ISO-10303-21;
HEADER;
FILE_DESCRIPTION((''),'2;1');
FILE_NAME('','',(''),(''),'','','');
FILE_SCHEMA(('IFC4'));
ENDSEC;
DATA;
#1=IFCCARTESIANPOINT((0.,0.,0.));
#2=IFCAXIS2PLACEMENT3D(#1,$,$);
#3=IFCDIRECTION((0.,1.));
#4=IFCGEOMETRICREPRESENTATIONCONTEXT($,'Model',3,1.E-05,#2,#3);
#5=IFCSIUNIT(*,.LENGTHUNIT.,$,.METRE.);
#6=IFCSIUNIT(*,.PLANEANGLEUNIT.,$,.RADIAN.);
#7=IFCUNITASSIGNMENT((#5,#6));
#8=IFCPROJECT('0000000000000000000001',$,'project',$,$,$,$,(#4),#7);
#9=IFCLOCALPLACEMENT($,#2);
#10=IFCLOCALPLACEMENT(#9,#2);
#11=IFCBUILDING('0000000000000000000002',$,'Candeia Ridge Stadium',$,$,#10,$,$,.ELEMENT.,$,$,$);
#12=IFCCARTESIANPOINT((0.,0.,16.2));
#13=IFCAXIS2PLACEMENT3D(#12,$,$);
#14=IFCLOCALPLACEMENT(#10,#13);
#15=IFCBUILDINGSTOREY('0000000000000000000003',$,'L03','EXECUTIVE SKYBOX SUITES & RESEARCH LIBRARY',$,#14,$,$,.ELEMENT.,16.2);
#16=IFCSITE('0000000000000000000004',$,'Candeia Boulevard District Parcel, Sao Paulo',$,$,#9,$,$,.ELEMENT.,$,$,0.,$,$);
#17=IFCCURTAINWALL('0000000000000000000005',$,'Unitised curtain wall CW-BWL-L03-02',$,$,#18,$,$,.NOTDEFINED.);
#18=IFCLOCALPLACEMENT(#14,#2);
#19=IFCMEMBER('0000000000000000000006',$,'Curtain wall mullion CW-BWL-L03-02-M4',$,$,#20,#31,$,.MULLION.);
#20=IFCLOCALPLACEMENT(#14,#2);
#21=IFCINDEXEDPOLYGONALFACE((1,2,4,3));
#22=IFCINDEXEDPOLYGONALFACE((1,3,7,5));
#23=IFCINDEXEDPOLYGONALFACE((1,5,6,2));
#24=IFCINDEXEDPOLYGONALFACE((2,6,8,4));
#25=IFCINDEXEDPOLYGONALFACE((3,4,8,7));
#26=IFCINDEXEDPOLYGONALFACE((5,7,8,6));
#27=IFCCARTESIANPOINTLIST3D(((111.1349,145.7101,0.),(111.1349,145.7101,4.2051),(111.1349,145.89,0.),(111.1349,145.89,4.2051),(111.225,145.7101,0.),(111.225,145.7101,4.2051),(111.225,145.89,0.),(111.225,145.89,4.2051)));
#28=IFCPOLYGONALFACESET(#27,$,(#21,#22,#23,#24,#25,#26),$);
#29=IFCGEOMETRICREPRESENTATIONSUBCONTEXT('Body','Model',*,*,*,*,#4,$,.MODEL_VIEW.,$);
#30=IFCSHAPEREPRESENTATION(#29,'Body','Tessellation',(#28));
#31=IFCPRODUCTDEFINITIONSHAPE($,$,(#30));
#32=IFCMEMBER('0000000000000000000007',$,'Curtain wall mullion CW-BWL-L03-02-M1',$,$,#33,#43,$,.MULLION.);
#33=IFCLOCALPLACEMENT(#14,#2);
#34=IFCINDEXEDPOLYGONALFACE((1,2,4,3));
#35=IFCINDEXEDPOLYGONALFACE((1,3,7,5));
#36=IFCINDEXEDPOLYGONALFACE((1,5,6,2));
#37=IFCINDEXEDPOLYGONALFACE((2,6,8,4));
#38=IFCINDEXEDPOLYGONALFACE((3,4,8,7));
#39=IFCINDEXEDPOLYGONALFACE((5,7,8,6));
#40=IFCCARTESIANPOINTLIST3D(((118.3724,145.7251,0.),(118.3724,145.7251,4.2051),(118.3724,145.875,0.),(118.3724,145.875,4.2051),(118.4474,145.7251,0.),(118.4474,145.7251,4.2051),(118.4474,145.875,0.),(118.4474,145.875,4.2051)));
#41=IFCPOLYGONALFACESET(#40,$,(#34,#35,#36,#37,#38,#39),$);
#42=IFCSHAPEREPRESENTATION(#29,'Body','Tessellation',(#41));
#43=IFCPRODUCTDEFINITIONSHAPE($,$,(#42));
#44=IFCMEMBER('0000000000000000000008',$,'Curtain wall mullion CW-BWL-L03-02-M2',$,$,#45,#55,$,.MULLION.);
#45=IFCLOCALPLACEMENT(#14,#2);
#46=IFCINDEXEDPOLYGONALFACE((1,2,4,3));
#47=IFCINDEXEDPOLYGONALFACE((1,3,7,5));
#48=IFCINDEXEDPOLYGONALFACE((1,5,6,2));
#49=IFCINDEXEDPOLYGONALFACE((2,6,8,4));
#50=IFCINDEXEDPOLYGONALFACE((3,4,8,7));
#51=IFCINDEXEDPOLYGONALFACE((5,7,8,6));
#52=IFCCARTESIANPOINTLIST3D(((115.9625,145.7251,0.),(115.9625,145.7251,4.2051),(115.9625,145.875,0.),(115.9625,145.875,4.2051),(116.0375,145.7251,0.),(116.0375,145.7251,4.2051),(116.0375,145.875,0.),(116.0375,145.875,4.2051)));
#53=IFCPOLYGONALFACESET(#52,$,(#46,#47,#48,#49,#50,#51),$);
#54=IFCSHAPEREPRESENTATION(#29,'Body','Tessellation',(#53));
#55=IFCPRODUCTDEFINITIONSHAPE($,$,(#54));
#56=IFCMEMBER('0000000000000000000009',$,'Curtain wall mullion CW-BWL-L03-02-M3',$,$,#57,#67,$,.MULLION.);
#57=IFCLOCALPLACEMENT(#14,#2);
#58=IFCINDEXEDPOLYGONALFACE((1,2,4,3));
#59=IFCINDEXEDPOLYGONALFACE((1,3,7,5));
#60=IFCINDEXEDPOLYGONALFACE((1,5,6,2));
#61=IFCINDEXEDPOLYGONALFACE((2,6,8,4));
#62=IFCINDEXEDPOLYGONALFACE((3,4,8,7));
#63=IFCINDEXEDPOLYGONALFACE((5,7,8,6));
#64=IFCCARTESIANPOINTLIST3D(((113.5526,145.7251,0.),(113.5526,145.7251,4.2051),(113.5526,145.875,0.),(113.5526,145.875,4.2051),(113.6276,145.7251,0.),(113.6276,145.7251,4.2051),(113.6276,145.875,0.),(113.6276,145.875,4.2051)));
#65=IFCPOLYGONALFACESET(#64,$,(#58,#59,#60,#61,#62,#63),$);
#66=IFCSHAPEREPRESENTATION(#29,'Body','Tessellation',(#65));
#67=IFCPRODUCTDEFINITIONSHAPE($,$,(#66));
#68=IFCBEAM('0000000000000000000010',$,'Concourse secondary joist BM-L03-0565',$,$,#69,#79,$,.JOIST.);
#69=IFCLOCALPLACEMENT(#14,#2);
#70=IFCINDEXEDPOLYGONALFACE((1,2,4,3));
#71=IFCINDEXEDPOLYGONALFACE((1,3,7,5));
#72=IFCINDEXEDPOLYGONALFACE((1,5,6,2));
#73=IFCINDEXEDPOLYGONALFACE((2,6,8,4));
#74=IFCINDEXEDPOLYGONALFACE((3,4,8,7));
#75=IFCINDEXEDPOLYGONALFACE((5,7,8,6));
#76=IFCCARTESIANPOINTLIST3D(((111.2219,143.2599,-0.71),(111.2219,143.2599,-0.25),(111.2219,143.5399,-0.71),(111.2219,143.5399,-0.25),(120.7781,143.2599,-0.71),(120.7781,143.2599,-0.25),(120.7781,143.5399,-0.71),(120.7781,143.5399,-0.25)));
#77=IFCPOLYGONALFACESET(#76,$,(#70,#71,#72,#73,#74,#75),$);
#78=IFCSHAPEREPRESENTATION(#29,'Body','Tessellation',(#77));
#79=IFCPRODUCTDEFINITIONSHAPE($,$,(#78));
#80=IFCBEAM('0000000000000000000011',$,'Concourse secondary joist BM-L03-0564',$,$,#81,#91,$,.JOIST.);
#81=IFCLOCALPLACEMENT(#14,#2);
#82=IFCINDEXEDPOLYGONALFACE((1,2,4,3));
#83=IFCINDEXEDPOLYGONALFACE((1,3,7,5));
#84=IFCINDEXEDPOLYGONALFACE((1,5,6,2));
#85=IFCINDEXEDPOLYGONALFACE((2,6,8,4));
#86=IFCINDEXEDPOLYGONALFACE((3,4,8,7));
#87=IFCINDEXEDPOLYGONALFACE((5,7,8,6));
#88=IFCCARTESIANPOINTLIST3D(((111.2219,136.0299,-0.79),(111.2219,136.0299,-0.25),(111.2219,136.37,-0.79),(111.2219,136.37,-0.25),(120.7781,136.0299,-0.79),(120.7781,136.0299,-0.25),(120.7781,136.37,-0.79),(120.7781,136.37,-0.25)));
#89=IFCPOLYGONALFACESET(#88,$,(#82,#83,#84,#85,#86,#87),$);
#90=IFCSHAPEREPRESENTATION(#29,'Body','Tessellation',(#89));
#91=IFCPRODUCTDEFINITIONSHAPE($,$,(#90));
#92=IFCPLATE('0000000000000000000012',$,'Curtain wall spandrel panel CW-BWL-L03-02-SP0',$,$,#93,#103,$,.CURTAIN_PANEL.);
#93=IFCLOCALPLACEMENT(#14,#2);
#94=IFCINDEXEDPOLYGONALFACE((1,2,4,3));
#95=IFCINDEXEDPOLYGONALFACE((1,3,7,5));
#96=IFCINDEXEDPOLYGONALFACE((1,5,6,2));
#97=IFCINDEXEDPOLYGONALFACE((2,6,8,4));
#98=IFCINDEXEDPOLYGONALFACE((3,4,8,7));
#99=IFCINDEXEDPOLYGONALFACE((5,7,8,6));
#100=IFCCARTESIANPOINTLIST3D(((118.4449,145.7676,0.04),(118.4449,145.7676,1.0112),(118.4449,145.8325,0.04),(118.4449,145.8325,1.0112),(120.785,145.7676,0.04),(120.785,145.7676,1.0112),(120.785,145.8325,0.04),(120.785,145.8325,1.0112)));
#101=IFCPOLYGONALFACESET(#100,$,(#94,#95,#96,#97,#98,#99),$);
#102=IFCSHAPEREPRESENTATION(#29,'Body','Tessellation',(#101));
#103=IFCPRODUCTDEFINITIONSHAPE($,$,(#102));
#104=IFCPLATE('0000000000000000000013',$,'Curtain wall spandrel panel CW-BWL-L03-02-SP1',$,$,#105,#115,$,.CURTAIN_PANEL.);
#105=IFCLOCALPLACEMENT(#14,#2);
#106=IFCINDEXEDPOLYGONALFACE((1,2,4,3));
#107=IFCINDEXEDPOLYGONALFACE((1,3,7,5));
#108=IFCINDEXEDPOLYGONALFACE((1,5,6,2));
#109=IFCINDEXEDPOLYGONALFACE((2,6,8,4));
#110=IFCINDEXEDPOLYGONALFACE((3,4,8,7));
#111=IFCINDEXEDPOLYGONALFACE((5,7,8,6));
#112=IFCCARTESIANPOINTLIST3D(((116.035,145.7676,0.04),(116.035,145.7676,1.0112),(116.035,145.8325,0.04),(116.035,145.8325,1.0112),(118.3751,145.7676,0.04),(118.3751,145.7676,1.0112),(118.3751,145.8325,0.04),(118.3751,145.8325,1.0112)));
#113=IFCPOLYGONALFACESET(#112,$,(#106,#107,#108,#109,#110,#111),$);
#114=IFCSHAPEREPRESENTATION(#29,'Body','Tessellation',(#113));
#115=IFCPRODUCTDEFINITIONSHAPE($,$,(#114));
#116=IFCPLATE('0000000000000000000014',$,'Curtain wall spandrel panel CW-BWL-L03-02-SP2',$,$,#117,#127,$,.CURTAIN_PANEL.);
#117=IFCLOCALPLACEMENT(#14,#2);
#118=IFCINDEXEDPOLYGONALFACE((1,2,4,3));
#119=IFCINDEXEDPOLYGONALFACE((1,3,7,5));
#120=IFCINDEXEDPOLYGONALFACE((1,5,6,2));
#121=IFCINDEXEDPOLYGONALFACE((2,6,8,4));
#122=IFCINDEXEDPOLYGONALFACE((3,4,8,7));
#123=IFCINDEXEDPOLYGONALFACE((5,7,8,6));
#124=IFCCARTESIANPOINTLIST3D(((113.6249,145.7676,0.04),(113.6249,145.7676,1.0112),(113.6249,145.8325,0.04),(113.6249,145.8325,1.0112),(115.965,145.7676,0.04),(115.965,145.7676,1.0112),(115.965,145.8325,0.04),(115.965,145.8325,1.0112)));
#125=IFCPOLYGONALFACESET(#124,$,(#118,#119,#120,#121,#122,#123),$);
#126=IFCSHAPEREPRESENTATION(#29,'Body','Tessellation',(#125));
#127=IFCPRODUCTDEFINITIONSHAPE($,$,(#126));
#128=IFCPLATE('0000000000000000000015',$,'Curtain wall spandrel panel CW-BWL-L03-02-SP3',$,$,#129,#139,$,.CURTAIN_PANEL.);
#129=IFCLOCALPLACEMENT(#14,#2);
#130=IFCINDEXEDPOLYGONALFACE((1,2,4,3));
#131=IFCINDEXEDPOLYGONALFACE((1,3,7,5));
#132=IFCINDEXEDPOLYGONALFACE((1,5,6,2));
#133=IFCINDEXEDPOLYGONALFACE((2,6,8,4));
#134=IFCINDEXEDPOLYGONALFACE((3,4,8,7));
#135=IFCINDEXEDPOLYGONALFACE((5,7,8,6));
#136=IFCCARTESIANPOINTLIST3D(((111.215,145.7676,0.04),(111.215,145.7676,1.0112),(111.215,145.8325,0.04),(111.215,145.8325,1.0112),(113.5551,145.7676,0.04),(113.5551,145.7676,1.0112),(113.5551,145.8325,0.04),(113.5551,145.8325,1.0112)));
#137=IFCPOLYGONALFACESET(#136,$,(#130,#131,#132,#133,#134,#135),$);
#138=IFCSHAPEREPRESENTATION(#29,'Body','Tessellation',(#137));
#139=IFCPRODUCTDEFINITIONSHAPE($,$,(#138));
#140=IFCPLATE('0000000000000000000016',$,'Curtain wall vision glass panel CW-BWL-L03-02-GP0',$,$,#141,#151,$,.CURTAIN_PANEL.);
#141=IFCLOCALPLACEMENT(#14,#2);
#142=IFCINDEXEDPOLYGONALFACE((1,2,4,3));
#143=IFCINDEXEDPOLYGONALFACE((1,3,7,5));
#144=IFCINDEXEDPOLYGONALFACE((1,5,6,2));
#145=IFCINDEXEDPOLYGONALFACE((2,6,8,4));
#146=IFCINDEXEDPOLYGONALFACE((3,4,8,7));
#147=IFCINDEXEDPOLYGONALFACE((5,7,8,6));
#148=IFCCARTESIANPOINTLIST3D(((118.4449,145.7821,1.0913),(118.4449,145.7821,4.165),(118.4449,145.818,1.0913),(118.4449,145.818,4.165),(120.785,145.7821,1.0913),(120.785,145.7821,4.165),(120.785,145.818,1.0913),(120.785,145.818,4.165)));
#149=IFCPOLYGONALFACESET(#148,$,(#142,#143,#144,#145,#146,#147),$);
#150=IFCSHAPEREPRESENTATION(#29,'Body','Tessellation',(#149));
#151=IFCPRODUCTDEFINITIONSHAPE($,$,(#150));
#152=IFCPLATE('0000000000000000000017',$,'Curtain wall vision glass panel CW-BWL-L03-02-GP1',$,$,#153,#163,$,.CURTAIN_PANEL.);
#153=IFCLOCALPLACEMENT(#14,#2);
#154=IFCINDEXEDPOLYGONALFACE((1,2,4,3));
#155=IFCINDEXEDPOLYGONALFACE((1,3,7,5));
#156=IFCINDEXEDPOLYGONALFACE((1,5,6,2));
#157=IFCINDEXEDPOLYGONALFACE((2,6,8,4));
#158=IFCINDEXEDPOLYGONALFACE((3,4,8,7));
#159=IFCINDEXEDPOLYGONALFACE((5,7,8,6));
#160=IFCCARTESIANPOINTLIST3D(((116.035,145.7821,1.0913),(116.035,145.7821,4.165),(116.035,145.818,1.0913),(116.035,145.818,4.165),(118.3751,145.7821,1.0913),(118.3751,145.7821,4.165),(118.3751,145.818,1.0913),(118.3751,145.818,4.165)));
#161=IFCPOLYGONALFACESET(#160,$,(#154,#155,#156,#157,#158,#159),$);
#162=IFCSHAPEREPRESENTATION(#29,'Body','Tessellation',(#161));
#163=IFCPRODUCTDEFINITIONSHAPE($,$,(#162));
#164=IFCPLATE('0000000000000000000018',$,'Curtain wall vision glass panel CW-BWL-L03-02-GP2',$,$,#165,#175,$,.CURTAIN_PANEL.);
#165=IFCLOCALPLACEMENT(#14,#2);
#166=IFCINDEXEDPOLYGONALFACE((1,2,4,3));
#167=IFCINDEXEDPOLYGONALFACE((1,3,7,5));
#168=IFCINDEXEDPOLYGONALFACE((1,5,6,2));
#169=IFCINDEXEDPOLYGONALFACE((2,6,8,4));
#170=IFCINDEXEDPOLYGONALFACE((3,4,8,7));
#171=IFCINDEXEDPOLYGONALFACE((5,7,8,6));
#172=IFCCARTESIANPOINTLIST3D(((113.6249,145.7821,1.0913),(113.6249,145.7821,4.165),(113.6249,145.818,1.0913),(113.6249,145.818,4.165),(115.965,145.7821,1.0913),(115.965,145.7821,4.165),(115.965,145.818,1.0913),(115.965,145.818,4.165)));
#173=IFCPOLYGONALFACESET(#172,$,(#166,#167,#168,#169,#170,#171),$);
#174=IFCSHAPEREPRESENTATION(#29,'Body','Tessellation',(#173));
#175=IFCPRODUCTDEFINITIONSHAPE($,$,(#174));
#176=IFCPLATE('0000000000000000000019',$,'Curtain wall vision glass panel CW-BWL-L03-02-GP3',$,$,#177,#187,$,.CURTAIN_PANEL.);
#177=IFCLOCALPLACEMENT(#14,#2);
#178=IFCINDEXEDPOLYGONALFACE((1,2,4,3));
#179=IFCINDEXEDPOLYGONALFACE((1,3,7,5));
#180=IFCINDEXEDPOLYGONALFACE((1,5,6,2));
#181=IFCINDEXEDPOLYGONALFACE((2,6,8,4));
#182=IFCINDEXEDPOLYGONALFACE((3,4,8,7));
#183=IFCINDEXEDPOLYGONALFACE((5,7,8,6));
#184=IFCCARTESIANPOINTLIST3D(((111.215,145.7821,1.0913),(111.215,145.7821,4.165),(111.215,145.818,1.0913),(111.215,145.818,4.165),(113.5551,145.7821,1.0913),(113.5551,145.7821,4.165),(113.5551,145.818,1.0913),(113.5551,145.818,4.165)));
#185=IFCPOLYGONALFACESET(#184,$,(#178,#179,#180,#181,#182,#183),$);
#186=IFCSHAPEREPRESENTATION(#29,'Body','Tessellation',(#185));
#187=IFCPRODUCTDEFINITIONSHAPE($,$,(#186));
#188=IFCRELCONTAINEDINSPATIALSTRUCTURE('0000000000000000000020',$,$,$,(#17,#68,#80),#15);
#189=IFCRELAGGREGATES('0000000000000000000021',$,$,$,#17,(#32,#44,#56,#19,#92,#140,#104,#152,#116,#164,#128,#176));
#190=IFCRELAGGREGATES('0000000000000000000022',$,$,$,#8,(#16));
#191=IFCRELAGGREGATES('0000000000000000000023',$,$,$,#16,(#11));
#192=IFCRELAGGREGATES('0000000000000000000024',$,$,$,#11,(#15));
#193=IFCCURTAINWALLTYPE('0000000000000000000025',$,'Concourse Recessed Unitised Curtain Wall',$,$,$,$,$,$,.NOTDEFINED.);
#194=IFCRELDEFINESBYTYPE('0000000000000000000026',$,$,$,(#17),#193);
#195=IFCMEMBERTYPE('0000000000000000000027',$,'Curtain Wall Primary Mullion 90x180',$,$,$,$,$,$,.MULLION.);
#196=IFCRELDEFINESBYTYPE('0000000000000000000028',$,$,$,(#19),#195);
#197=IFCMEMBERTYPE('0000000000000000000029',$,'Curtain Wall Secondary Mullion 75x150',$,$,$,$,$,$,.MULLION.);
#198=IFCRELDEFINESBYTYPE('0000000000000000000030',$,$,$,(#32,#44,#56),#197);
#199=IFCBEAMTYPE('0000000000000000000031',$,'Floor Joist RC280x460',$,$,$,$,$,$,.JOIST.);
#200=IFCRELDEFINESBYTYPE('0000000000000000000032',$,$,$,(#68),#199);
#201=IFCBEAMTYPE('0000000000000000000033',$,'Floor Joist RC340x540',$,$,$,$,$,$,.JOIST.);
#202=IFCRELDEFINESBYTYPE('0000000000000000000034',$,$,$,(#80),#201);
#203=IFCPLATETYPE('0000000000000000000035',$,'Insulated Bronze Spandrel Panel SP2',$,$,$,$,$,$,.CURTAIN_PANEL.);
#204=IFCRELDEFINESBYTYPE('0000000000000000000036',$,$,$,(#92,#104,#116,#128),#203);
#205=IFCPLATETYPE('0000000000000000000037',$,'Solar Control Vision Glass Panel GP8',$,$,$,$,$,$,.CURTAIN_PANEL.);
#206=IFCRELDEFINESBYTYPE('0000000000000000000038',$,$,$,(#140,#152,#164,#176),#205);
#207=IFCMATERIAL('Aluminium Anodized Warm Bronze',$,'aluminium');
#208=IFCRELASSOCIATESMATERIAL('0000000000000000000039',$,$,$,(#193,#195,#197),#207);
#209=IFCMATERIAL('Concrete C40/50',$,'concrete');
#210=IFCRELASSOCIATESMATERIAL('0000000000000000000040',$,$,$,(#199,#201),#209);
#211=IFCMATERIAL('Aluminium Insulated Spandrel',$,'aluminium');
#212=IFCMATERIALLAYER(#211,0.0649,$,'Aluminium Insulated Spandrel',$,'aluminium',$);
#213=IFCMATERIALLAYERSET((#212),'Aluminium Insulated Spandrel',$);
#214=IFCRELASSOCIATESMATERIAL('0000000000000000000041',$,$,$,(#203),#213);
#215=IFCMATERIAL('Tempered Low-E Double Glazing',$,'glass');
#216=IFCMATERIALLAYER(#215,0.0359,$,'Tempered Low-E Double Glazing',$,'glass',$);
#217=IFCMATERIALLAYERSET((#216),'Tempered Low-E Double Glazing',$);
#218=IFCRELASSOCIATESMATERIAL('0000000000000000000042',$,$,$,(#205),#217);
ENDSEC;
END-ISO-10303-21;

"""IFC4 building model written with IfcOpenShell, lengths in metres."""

from ifc_helpers import new_model, si_unit, direction, frame, origin, origin_2d, place, context, subcontext, project, spatial, rectangle, extrude, material, layer, layer_set, material_profile, profile_set, type_object, element, aggregate, save


model = new_model("IFC4")

# Units and contexts
model_context = context("Model", 3, precision=1e-05, world=origin(), true_north=direction((0.0, 1.0)))
body_context = subcontext(model_context, "Body", "Model", "MODEL_VIEW")
ifc_project = project(units=[si_unit("LENGTHUNIT", "METRE"), si_unit("PLANEANGLEUNIT", "RADIAN")], contexts=[model_context])

# Site, building, storey
site_placement = place(None, origin())
site = spatial("IfcSite", under=ifc_project, at=site_placement, Name="Candeia Boulevard District Parcel, Sao Paulo", CompositionType="ELEMENT", RefElevation=0.0)
building_placement = place(site_placement, origin())
building = spatial("IfcBuilding", under=site, at=building_placement, Name="Candeia Ridge Stadium", CompositionType="ELEMENT")
storey_placement = place(building_placement, frame((0.0, 0.0, 16.2)))
storey = spatial("IfcBuildingStorey", under=building, at=storey_placement, Name="L03", Description="EXECUTIVE SKYBOX SUITES & RESEARCH LIBRARY", CompositionType="ELEMENT", Elevation=16.2)

# Curtain wall, members
ifc_material_1 = material(Name="Aluminium Anodized Warm Bronze", Category="aluminium")
curtain_wall_type = type_object("IfcCurtainWallType", Name="Concourse Recessed Unitised Curtain Wall", PredefinedType="NOTDEFINED", material=ifc_material_1)
curtain_wall_placement = place(storey_placement, origin())
curtain_wall = element("IfcCurtainWall", 1, at=curtain_wall_placement, inside=storey, type_object=curtain_wall_type, Name="Unitised curtain wall CW-BWL-L03-02", PredefinedType="NOTDEFINED")
ifc_material_profile_1 = material_profile(ifc_material_1, rectangle(XDim=0.0901, YDim=0.1799, at=origin_2d()), Name="CWM-90x180", Category="aluminium")
ifc_profile_set_1 = profile_set([ifc_material_profile_1], Name="Aluminium Anodized Warm Bronze")
member_type_1 = type_object("IfcMemberType", Name="Curtain Wall Primary Mullion 90x180", PredefinedType="MULLION", material=ifc_profile_set_1)
member_1_placement = place(storey_placement, frame((111.1799, 145.8, 0.0), z_axis=(0.0, 0.0, 1.0), x_axis=(1.0, 0.0, 0.0)))
member_1 = element("IfcMember", 2, at=member_1_placement, type_object=member_type_1, Name="Curtain wall mullion CW-BWL-L03-02-M4", PredefinedType="MULLION", context=body_context, shape_type="SweptSolid", body=[
    extrude(rectangle(XDim=0.0901, YDim=0.1799, at=origin_2d()), origin(), (0.0, 0.0, 1.0), 4.2051),
])
ifc_material_profile_2 = material_profile(ifc_material_1, rectangle(XDim=0.075, YDim=0.1499, at=origin_2d()), Name="CWM-75x150", Category="aluminium")
ifc_profile_set_2 = profile_set([ifc_material_profile_2], Name="Aluminium Anodized Warm Bronze")
member_type_2 = type_object("IfcMemberType", Name="Curtain Wall Secondary Mullion 75x150", PredefinedType="MULLION", material=ifc_profile_set_2)
member_2_placement = place(storey_placement, frame((118.4099, 145.8, 0.0), z_axis=(0.0, 0.0, 1.0), x_axis=(1.0, 0.0, 0.0)))
member_2 = element("IfcMember", 3, at=member_2_placement, type_object=member_type_2, Name="Curtain wall mullion CW-BWL-L03-02-M1", PredefinedType="MULLION", context=body_context, shape_type="SweptSolid", body=[
    extrude(rectangle(XDim=0.075, YDim=0.1499, at=origin_2d()), origin(), (0.0, 0.0, 1.0), 4.2051),
])
member_3_placement = place(storey_placement, frame((116.0, 145.8, 0.0), z_axis=(0.0, 0.0, 1.0), x_axis=(1.0, 0.0, 0.0)))
member_3 = element("IfcMember", 4, at=member_3_placement, type_object=member_type_2, Name="Curtain wall mullion CW-BWL-L03-02-M2", PredefinedType="MULLION", context=body_context, shape_type="SweptSolid", body=[
    extrude(rectangle(XDim=0.075, YDim=0.1499, at=origin_2d()), origin(), (0.0, 0.0, 1.0), 4.2051),
])
member_4_placement = place(storey_placement, frame((113.5901, 145.8, 0.0), z_axis=(0.0, 0.0, 1.0), x_axis=(1.0, 0.0, 0.0)))
member_4 = element("IfcMember", 5, at=member_4_placement, type_object=member_type_2, Name="Curtain wall mullion CW-BWL-L03-02-M3", PredefinedType="MULLION", context=body_context, shape_type="SweptSolid", body=[
    extrude(rectangle(XDim=0.075, YDim=0.1499, at=origin_2d()), origin(), (0.0, 0.0, 1.0), 4.2051),
])

# Beams
ifc_material_2 = material(Name="Concrete C40/50", Category="concrete")
ifc_material_profile_3 = material_profile(ifc_material_2, rectangle(XDim=0.28, YDim=0.46, at=origin_2d()), Name="RC280x460", Category="concrete")
ifc_profile_set_3 = profile_set([ifc_material_profile_3], Name="Concrete C40/50")
beam_type_1 = type_object("IfcBeamType", Name="Floor Joist RC280x460", PredefinedType="JOIST", material=ifc_profile_set_3)
beam_1_placement = place(storey_placement, frame((120.7781, 143.3999, -0.48), z_axis=(-1.0, 0.0, 0.0), x_axis=(0.0, -1.0, 0.0)))
element("IfcBeam", 6, at=beam_1_placement, inside=storey, type_object=beam_type_1, Name="Concourse secondary joist BM-L03-0565", PredefinedType="JOIST", context=body_context, shape_type="SweptSolid", body=[
    extrude(rectangle(XDim=0.28, YDim=0.46, at=origin_2d()), origin(), (0.0, 0.0, 1.0), 9.5562),
])
ifc_material_profile_4 = material_profile(ifc_material_2, rectangle(XDim=0.3401, YDim=0.54, at=origin_2d()), Name="RC340x540", Category="concrete")
ifc_profile_set_4 = profile_set([ifc_material_profile_4], Name="Concrete C40/50")
beam_type_2 = type_object("IfcBeamType", Name="Floor Joist RC340x540", PredefinedType="JOIST", material=ifc_profile_set_4)
beam_2_placement = place(storey_placement, frame((120.7781, 136.2, -0.52), z_axis=(-1.0, 0.0, 0.0), x_axis=(0.0, -1.0, 0.0)))
element("IfcBeam", 7, at=beam_2_placement, inside=storey, type_object=beam_type_2, Name="Concourse secondary joist BM-L03-0564", PredefinedType="JOIST", context=body_context, shape_type="SweptSolid", body=[
    extrude(rectangle(XDim=0.3401, YDim=0.54, at=origin_2d()), origin(), (0.0, 0.0, 1.0), 9.5562),
])

# Plates
ifc_material_3 = material(Name="Aluminium Insulated Spandrel", Category="aluminium")
ifc_layer_1 = layer(ifc_material_3, 0.0649, Name="Aluminium Insulated Spandrel", Category="aluminium")
ifc_layer_set_1 = layer_set([ifc_layer_1], Name="Aluminium Insulated Spandrel")
plate_type_1 = type_object("IfcPlateType", Name="Insulated Bronze Spandrel Panel SP2", PredefinedType="CURTAIN_PANEL", material=ifc_layer_set_1)
plate_1_placement = place(storey_placement, frame((119.615, 145.8, 0.04), z_axis=(0.0, 0.0, 1.0), x_axis=(-1.0, 0.0, 0.0)))
plate_1 = element("IfcPlate", 8, at=plate_1_placement, type_object=plate_type_1, Name="Curtain wall spandrel panel CW-BWL-L03-02-SP0", PredefinedType="CURTAIN_PANEL", context=body_context, shape_type="SweptSolid", body=[
    extrude(rectangle(XDim=2.3401, YDim=0.0649, at=origin_2d()), origin(), (0.0, 0.0, 1.0), 0.9712),
])
plate_2_placement = place(storey_placement, frame((117.2051, 145.8, 0.04), z_axis=(0.0, 0.0, 1.0), x_axis=(-1.0, 0.0, 0.0)))
plate_2 = element("IfcPlate", 9, at=plate_2_placement, type_object=plate_type_1, Name="Curtain wall spandrel panel CW-BWL-L03-02-SP1", PredefinedType="CURTAIN_PANEL", context=body_context, shape_type="SweptSolid", body=[
    extrude(rectangle(XDim=2.3401, YDim=0.0649, at=origin_2d()), origin(), (0.0, 0.0, 1.0), 0.9712),
])
plate_3_placement = place(storey_placement, frame((114.7949, 145.8, 0.04), z_axis=(0.0, 0.0, 1.0), x_axis=(-1.0, 0.0, 0.0)))
plate_3 = element("IfcPlate", 10, at=plate_3_placement, type_object=plate_type_1, Name="Curtain wall spandrel panel CW-BWL-L03-02-SP2", PredefinedType="CURTAIN_PANEL", context=body_context, shape_type="SweptSolid", body=[
    extrude(rectangle(XDim=2.3401, YDim=0.0649, at=origin_2d()), origin(), (0.0, 0.0, 1.0), 0.9712),
])
plate_4_placement = place(storey_placement, frame((112.385, 145.8, 0.04), z_axis=(0.0, 0.0, 1.0), x_axis=(-1.0, 0.0, 0.0)))
plate_4 = element("IfcPlate", 11, at=plate_4_placement, type_object=plate_type_1, Name="Curtain wall spandrel panel CW-BWL-L03-02-SP3", PredefinedType="CURTAIN_PANEL", context=body_context, shape_type="SweptSolid", body=[
    extrude(rectangle(XDim=2.3401, YDim=0.0649, at=origin_2d()), origin(), (0.0, 0.0, 1.0), 0.9712),
])
ifc_material_4 = material(Name="Tempered Low-E Double Glazing", Category="glass")
ifc_layer_2 = layer(ifc_material_4, 0.0359, Name="Tempered Low-E Double Glazing", Category="glass")
ifc_layer_set_2 = layer_set([ifc_layer_2], Name="Tempered Low-E Double Glazing")
plate_type_2 = type_object("IfcPlateType", Name="Solar Control Vision Glass Panel GP8", PredefinedType="CURTAIN_PANEL", material=ifc_layer_set_2)
plate_5_placement = place(storey_placement, frame((119.615, 145.8, 1.0913), z_axis=(0.0, 0.0, 1.0), x_axis=(-1.0, 0.0, 0.0)))
plate_5 = element("IfcPlate", 12, at=plate_5_placement, type_object=plate_type_2, Name="Curtain wall vision glass panel CW-BWL-L03-02-GP0", PredefinedType="CURTAIN_PANEL", context=body_context, shape_type="SweptSolid", body=[
    extrude(rectangle(XDim=2.3401, YDim=0.0359, at=origin_2d()), origin(), (0.0, 0.0, 1.0), 3.0737),
])
plate_6_placement = place(storey_placement, frame((117.2051, 145.8, 1.0913), z_axis=(0.0, 0.0, 1.0), x_axis=(-1.0, 0.0, 0.0)))
plate_6 = element("IfcPlate", 13, at=plate_6_placement, type_object=plate_type_2, Name="Curtain wall vision glass panel CW-BWL-L03-02-GP1", PredefinedType="CURTAIN_PANEL", context=body_context, shape_type="SweptSolid", body=[
    extrude(rectangle(XDim=2.3401, YDim=0.0359, at=origin_2d()), origin(), (0.0, 0.0, 1.0), 3.0737),
])
plate_7_placement = place(storey_placement, frame((114.7949, 145.8, 1.0913), z_axis=(0.0, 0.0, 1.0), x_axis=(-1.0, 0.0, 0.0)))
plate_7 = element("IfcPlate", 14, at=plate_7_placement, type_object=plate_type_2, Name="Curtain wall vision glass panel CW-BWL-L03-02-GP2", PredefinedType="CURTAIN_PANEL", context=body_context, shape_type="SweptSolid", body=[
    extrude(rectangle(XDim=2.3401, YDim=0.0359, at=origin_2d()), origin(), (0.0, 0.0, 1.0), 3.0737),
])
plate_8_placement = place(storey_placement, frame((112.385, 145.8, 1.0913), z_axis=(0.0, 0.0, 1.0), x_axis=(-1.0, 0.0, 0.0)))
plate_8 = element("IfcPlate", 15, at=plate_8_placement, type_object=plate_type_2, Name="Curtain wall vision glass panel CW-BWL-L03-02-GP3", PredefinedType="CURTAIN_PANEL", context=body_context, shape_type="SweptSolid", body=[
    extrude(rectangle(XDim=2.3401, YDim=0.0359, at=origin_2d()), origin(), (0.0, 0.0, 1.0), 3.0737),
])
aggregate(curtain_wall, [member_2, member_3, member_4, member_1, plate_1, plate_5, plate_2, plate_6, plate_3, plate_7, plate_4, plate_8])

save(model, "model.ifc")
